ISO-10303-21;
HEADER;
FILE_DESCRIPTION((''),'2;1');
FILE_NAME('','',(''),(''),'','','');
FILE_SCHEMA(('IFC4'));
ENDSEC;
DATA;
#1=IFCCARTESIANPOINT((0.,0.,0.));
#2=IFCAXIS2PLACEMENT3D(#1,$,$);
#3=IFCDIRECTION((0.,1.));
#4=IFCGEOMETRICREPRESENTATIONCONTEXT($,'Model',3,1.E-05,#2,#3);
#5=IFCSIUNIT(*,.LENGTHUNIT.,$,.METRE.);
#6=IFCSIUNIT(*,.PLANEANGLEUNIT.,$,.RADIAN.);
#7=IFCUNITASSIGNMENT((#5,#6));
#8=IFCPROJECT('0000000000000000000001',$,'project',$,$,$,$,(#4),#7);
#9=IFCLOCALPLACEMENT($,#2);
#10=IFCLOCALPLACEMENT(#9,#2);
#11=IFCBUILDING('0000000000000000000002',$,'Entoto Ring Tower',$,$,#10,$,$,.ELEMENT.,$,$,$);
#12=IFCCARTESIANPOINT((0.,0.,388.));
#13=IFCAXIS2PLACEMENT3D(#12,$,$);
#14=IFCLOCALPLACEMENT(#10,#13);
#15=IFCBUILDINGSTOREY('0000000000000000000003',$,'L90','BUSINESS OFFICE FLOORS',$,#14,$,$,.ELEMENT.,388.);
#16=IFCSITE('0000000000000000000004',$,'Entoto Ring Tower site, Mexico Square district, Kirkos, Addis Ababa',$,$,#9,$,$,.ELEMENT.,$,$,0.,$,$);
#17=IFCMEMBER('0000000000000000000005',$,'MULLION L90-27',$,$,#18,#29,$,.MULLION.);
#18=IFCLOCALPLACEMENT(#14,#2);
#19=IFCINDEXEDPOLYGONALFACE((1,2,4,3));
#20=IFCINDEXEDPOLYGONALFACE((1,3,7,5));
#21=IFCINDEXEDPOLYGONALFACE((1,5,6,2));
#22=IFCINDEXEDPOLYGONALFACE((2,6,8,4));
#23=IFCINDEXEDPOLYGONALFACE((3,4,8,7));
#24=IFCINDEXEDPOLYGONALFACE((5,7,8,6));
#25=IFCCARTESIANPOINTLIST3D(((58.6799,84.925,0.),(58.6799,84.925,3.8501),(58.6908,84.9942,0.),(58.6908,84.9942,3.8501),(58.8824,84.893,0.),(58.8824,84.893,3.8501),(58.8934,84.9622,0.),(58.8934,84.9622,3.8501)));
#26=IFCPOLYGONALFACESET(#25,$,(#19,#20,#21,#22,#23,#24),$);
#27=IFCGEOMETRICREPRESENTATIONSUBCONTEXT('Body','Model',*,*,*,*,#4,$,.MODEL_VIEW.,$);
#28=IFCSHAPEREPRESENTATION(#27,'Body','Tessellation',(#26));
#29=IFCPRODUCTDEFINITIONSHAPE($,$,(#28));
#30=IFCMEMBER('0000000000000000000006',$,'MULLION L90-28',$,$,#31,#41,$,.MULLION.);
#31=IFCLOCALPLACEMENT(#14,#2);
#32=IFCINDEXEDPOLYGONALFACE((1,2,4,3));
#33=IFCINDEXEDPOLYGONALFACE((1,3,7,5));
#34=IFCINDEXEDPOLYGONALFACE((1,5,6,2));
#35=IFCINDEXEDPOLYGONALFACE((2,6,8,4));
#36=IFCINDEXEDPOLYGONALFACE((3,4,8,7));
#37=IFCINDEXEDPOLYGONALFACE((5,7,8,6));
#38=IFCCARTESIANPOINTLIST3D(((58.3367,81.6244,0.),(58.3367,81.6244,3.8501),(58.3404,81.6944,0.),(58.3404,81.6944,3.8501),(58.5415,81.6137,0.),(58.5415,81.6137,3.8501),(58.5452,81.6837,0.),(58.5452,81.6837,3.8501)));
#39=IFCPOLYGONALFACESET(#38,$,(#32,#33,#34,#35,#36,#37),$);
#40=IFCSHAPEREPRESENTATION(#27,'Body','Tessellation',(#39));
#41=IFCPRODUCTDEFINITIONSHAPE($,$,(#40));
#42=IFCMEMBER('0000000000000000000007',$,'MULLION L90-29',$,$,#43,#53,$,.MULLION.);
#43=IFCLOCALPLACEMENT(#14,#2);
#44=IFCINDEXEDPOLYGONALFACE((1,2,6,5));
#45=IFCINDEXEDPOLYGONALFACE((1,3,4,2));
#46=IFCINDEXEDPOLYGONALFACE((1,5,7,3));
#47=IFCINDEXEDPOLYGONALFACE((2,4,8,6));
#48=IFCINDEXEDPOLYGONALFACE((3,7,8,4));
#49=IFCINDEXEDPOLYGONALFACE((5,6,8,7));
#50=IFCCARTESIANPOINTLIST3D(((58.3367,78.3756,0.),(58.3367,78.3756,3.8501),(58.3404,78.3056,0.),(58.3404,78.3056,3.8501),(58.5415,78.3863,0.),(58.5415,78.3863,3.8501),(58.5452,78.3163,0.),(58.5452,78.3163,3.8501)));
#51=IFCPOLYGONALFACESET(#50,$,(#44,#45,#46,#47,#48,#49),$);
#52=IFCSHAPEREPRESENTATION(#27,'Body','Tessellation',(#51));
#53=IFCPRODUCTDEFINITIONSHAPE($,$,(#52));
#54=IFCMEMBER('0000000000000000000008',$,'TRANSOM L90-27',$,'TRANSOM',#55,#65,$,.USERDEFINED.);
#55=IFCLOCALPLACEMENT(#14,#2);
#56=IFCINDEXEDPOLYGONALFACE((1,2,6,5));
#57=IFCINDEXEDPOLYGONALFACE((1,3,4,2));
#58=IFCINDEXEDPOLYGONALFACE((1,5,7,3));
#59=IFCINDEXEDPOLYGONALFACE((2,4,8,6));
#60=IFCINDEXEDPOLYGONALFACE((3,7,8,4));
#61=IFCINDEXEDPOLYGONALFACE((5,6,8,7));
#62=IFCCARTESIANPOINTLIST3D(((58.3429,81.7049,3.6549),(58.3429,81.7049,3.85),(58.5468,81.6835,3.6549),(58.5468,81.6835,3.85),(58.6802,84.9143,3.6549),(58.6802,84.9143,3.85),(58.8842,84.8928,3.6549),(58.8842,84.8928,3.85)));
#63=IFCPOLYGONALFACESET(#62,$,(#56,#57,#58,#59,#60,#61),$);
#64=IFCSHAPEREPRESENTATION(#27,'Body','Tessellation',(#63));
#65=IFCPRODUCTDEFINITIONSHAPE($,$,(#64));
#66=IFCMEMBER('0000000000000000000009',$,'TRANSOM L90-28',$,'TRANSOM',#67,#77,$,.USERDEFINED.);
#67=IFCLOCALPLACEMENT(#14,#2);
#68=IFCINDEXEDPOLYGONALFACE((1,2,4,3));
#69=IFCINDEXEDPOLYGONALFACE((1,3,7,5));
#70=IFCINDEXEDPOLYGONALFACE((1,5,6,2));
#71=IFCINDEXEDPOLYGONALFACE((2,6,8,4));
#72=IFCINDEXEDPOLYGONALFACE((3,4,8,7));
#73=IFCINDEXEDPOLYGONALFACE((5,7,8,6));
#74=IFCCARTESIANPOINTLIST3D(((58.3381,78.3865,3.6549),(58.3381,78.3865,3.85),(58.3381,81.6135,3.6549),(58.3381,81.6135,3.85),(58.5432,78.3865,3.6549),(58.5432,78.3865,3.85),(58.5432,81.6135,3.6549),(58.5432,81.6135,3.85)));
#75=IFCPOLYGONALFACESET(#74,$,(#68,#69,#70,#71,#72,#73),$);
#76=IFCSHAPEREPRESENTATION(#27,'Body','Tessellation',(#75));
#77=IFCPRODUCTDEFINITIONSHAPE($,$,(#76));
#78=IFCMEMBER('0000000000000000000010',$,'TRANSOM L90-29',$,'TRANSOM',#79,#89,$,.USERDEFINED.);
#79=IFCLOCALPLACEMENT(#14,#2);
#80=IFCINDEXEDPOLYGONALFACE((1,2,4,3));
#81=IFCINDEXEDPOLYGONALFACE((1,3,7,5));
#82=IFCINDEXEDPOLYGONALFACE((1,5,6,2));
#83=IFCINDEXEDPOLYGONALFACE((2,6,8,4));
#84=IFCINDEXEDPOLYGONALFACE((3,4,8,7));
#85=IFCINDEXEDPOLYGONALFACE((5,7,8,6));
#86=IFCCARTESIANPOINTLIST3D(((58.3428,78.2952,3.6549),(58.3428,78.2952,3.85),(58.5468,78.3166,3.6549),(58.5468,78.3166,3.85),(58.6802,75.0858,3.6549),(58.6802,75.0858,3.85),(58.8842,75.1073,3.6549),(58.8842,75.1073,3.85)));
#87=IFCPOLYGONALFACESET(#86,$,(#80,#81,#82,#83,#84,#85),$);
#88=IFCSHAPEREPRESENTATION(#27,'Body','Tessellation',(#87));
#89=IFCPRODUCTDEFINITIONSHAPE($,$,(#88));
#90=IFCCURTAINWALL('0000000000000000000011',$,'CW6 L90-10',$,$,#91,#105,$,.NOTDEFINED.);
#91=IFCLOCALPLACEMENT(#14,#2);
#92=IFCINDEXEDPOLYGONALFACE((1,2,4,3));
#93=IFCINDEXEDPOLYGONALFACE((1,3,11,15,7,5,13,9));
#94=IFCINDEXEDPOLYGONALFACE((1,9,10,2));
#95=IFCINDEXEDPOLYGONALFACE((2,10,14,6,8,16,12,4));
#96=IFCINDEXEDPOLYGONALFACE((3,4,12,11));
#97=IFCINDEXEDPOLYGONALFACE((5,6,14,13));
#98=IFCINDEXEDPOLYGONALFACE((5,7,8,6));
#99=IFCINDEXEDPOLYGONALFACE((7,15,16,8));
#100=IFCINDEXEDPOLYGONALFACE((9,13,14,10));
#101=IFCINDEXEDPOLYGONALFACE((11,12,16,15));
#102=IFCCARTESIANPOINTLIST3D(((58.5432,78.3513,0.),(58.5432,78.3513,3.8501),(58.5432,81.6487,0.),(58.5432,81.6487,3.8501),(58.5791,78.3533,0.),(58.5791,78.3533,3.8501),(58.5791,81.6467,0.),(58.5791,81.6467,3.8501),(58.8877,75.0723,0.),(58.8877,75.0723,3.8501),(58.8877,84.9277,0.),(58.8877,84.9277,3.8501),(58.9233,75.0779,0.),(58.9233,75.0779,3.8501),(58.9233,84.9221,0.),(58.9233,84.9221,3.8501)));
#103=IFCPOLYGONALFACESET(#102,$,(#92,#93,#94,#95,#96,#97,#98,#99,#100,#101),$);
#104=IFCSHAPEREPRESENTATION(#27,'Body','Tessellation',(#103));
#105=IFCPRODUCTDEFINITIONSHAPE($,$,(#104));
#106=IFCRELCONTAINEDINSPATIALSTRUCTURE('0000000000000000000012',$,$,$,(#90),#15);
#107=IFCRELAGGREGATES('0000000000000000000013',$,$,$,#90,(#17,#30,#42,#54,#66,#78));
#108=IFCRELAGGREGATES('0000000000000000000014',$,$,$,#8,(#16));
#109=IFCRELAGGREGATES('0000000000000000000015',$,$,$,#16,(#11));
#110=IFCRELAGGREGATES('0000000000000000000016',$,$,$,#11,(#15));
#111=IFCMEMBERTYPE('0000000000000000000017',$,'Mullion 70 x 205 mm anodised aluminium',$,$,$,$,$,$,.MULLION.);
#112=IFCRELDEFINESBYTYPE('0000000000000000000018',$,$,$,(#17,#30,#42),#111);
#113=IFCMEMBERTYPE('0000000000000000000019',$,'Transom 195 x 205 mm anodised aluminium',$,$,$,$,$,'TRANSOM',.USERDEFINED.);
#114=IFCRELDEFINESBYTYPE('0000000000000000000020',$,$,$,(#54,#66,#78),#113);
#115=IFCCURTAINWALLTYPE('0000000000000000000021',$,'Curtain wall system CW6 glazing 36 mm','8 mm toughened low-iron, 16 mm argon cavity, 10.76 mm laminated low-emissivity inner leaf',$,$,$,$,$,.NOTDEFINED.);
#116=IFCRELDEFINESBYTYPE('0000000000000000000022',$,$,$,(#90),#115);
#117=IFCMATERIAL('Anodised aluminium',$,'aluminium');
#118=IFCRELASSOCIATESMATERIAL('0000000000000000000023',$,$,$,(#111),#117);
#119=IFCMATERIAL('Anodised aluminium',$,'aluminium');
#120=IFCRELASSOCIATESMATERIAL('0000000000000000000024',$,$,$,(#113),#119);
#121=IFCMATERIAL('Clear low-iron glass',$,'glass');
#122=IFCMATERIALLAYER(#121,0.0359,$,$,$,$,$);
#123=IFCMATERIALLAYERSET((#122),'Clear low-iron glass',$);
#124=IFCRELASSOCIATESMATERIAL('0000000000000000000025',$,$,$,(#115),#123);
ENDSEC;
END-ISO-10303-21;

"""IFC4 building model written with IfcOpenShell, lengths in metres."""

from ifc_helpers import new_model, si_unit, direction, frame, origin, origin_2d, place, context, subcontext, project, spatial, polyline, rectangle, outline, extrude, material, layer, layer_set, material_profile, profile_set, type_object, element, aggregate, save


model = new_model("IFC4")

# Units and contexts
model_context = context("Model", 3, precision=1e-05, world=origin(), true_north=direction((0.0, 1.0)))
body_context = subcontext(model_context, "Body", "Model", "MODEL_VIEW")
ifc_project = project(units=[si_unit("LENGTHUNIT", "METRE"), si_unit("PLANEANGLEUNIT", "RADIAN")], contexts=[model_context])

# Members
ifc_material_1 = material(Name="Anodised aluminium", Category="aluminium")
ifc_material_profile_1 = material_profile(ifc_material_1, rectangle(XDim=0.0701, YDim=0.2051, at=origin_2d()), Name="Mullion 70 x 205 mm anodised aluminium")
ifc_profile_set_1 = profile_set([ifc_material_profile_1], Name="Anodised aluminium")
member_type_1 = type_object("IfcMemberType", Name="Mullion 70 x 205 mm anodised aluminium", PredefinedType="MULLION", material=ifc_profile_set_1)
site_placement = place(None, origin())
building_placement = place(site_placement, origin())
storey_placement = place(building_placement, frame((0.0, 0.0, 388.0)))
member_1_placement = place(storey_placement, frame((58.7866, 84.9436, 0.0), z_axis=(0.0, 0.0, 1.0), x_axis=(-0.156434, -0.987688, 0.0)))
member_1 = element("IfcMember", 1, at=member_1_placement, type_object=member_type_1, Name="MULLION L90-27", PredefinedType="MULLION", context=body_context, shape_type="SweptSolid", body=[
    extrude(rectangle(XDim=0.0701, YDim=0.2051, at=origin_2d()), origin(), (0.0, 0.0, 1.0), 3.8501),
])
member_2_placement = place(storey_placement, frame((58.4409, 81.6541, 0.0), z_axis=(0.0, 0.0, 1.0), x_axis=(-0.052336, -0.99863, 0.0)))
member_2 = element("IfcMember", 2, at=member_2_placement, type_object=member_type_1, Name="MULLION L90-28", PredefinedType="MULLION", context=body_context, shape_type="SweptSolid", body=[
    extrude(rectangle(XDim=0.0701, YDim=0.2051, at=origin_2d()), origin(), (0.0, 0.0, 1.0), 3.8501),
])
member_3_placement = place(storey_placement, frame((58.4409, 78.3459, 0.0), z_axis=(0.0, 0.0, 1.0), x_axis=(0.052336, -0.99863, 0.0)))
member_3 = element("IfcMember", 3, at=member_3_placement, type_object=member_type_1, Name="MULLION L90-29", PredefinedType="MULLION", context=body_context, shape_type="SweptSolid", body=[
    extrude(rectangle(XDim=0.0701, YDim=0.2051, at=origin_2d()), origin(), (0.0, 0.0, 1.0), 3.8501),
])
ifc_material_2 = material(Name="Anodised aluminium", Category="aluminium")
ifc_material_profile_2 = material_profile(ifc_material_2, rectangle(XDim=0.2051, YDim=0.1951, at=origin_2d()), Name="Transom 195 x 205 mm anodised aluminium")
ifc_profile_set_2 = profile_set([ifc_material_profile_2], Name="Anodised aluminium")
member_type_2 = type_object("IfcMemberType", Name="Transom 195 x 205 mm anodised aluminium", ElementType="TRANSOM", PredefinedType="USERDEFINED", material=ifc_profile_set_2)
member_4_placement = place(storey_placement, frame((58.7822, 84.9036, 3.7524), z_axis=(-0.104551, -0.99452, 0.0), x_axis=(0.99452, -0.104551, 0.0)))
member_4 = element("IfcMember", 4, at=member_4_placement, type_object=member_type_2, Name="TRANSOM L90-27", ObjectType="TRANSOM", PredefinedType="USERDEFINED", context=body_context, shape_type="SweptSolid", body=[
    extrude(rectangle(XDim=0.2051, YDim=0.1951, at=origin_2d()), origin(), (0.0, 0.0, 1.0), 3.2271),
])
member_5_placement = place(storey_placement, frame((58.4407, 81.6135, 3.7524), z_axis=(0.0, -1.0, 0.0), x_axis=(1.0, 0.0, 0.0)))
member_5 = element("IfcMember", 5, at=member_5_placement, type_object=member_type_2, Name="TRANSOM L90-28", ObjectType="TRANSOM", PredefinedType="USERDEFINED", context=body_context, shape_type="SweptSolid", body=[
    extrude(rectangle(XDim=0.2051, YDim=0.1951, at=origin_2d()), origin(), (0.0, 0.0, 1.0), 3.2271),
])
member_6_placement = place(storey_placement, frame((58.4448, 78.3059, 3.7524), z_axis=(0.104551, -0.99452, 0.0), x_axis=(0.99452, 0.104551, 0.0)))
member_6 = element("IfcMember", 6, at=member_6_placement, type_object=member_type_2, Name="TRANSOM L90-29", ObjectType="TRANSOM", PredefinedType="USERDEFINED", context=body_context, shape_type="SweptSolid", body=[
    extrude(rectangle(XDim=0.2051, YDim=0.1951, at=origin_2d()), origin(), (0.0, 0.0, 1.0), 3.2271),
])

# Site, building, storey
site = spatial("IfcSite", under=ifc_project, at=site_placement, Name="Entoto Ring Tower site, Mexico Square district, Kirkos, Addis Ababa", CompositionType="ELEMENT", RefElevation=0.0)
building = spatial("IfcBuilding", under=site, at=building_placement, Name="Entoto Ring Tower", CompositionType="ELEMENT")
storey = spatial("IfcBuildingStorey", under=building, at=storey_placement, Name="L90", Description="BUSINESS OFFICE FLOORS", CompositionType="ELEMENT", Elevation=388.0)

# Curtain wall
ifc_material_3 = material(Name="Clear low-iron glass", Category="glass")
ifc_layer = layer(ifc_material_3, 0.0359)
ifc_layer_set = layer_set([ifc_layer], Name="Clear low-iron glass")
curtain_wall_type = type_object("IfcCurtainWallType", Name="Curtain wall system CW6 glazing 36 mm", Description="8 mm toughened low-iron, 16 mm argon cavity, 10.76 mm laminated low-emissivity inner leaf", PredefinedType="NOTDEFINED", material=ifc_layer_set)
curtain_wall_1_placement = place(storey_placement, origin())
curtain_wall_1 = element("IfcCurtainWall", 7, at=curtain_wall_1_placement, inside=storey, type_object=curtain_wall_type, Name="CW6 L90-10", PredefinedType="NOTDEFINED", context=body_context, shape_type="SweptSolid", body=[
    extrude(outline(polyline([(58.8877, 84.9277), (58.5432, 81.6487), (58.5432, 78.3513), (58.8877, 75.0723), (58.9233, 75.0779), (58.5791, 78.3533), (58.5791, 81.6467), (58.9233, 84.9221), (58.8877, 84.9277)])), origin(), (0.0, 0.0, 1.0), 3.8501),
])
aggregate(curtain_wall_1, [member_1, member_2, member_3, member_4, member_5, member_6])

save(model, "model.ifc")
